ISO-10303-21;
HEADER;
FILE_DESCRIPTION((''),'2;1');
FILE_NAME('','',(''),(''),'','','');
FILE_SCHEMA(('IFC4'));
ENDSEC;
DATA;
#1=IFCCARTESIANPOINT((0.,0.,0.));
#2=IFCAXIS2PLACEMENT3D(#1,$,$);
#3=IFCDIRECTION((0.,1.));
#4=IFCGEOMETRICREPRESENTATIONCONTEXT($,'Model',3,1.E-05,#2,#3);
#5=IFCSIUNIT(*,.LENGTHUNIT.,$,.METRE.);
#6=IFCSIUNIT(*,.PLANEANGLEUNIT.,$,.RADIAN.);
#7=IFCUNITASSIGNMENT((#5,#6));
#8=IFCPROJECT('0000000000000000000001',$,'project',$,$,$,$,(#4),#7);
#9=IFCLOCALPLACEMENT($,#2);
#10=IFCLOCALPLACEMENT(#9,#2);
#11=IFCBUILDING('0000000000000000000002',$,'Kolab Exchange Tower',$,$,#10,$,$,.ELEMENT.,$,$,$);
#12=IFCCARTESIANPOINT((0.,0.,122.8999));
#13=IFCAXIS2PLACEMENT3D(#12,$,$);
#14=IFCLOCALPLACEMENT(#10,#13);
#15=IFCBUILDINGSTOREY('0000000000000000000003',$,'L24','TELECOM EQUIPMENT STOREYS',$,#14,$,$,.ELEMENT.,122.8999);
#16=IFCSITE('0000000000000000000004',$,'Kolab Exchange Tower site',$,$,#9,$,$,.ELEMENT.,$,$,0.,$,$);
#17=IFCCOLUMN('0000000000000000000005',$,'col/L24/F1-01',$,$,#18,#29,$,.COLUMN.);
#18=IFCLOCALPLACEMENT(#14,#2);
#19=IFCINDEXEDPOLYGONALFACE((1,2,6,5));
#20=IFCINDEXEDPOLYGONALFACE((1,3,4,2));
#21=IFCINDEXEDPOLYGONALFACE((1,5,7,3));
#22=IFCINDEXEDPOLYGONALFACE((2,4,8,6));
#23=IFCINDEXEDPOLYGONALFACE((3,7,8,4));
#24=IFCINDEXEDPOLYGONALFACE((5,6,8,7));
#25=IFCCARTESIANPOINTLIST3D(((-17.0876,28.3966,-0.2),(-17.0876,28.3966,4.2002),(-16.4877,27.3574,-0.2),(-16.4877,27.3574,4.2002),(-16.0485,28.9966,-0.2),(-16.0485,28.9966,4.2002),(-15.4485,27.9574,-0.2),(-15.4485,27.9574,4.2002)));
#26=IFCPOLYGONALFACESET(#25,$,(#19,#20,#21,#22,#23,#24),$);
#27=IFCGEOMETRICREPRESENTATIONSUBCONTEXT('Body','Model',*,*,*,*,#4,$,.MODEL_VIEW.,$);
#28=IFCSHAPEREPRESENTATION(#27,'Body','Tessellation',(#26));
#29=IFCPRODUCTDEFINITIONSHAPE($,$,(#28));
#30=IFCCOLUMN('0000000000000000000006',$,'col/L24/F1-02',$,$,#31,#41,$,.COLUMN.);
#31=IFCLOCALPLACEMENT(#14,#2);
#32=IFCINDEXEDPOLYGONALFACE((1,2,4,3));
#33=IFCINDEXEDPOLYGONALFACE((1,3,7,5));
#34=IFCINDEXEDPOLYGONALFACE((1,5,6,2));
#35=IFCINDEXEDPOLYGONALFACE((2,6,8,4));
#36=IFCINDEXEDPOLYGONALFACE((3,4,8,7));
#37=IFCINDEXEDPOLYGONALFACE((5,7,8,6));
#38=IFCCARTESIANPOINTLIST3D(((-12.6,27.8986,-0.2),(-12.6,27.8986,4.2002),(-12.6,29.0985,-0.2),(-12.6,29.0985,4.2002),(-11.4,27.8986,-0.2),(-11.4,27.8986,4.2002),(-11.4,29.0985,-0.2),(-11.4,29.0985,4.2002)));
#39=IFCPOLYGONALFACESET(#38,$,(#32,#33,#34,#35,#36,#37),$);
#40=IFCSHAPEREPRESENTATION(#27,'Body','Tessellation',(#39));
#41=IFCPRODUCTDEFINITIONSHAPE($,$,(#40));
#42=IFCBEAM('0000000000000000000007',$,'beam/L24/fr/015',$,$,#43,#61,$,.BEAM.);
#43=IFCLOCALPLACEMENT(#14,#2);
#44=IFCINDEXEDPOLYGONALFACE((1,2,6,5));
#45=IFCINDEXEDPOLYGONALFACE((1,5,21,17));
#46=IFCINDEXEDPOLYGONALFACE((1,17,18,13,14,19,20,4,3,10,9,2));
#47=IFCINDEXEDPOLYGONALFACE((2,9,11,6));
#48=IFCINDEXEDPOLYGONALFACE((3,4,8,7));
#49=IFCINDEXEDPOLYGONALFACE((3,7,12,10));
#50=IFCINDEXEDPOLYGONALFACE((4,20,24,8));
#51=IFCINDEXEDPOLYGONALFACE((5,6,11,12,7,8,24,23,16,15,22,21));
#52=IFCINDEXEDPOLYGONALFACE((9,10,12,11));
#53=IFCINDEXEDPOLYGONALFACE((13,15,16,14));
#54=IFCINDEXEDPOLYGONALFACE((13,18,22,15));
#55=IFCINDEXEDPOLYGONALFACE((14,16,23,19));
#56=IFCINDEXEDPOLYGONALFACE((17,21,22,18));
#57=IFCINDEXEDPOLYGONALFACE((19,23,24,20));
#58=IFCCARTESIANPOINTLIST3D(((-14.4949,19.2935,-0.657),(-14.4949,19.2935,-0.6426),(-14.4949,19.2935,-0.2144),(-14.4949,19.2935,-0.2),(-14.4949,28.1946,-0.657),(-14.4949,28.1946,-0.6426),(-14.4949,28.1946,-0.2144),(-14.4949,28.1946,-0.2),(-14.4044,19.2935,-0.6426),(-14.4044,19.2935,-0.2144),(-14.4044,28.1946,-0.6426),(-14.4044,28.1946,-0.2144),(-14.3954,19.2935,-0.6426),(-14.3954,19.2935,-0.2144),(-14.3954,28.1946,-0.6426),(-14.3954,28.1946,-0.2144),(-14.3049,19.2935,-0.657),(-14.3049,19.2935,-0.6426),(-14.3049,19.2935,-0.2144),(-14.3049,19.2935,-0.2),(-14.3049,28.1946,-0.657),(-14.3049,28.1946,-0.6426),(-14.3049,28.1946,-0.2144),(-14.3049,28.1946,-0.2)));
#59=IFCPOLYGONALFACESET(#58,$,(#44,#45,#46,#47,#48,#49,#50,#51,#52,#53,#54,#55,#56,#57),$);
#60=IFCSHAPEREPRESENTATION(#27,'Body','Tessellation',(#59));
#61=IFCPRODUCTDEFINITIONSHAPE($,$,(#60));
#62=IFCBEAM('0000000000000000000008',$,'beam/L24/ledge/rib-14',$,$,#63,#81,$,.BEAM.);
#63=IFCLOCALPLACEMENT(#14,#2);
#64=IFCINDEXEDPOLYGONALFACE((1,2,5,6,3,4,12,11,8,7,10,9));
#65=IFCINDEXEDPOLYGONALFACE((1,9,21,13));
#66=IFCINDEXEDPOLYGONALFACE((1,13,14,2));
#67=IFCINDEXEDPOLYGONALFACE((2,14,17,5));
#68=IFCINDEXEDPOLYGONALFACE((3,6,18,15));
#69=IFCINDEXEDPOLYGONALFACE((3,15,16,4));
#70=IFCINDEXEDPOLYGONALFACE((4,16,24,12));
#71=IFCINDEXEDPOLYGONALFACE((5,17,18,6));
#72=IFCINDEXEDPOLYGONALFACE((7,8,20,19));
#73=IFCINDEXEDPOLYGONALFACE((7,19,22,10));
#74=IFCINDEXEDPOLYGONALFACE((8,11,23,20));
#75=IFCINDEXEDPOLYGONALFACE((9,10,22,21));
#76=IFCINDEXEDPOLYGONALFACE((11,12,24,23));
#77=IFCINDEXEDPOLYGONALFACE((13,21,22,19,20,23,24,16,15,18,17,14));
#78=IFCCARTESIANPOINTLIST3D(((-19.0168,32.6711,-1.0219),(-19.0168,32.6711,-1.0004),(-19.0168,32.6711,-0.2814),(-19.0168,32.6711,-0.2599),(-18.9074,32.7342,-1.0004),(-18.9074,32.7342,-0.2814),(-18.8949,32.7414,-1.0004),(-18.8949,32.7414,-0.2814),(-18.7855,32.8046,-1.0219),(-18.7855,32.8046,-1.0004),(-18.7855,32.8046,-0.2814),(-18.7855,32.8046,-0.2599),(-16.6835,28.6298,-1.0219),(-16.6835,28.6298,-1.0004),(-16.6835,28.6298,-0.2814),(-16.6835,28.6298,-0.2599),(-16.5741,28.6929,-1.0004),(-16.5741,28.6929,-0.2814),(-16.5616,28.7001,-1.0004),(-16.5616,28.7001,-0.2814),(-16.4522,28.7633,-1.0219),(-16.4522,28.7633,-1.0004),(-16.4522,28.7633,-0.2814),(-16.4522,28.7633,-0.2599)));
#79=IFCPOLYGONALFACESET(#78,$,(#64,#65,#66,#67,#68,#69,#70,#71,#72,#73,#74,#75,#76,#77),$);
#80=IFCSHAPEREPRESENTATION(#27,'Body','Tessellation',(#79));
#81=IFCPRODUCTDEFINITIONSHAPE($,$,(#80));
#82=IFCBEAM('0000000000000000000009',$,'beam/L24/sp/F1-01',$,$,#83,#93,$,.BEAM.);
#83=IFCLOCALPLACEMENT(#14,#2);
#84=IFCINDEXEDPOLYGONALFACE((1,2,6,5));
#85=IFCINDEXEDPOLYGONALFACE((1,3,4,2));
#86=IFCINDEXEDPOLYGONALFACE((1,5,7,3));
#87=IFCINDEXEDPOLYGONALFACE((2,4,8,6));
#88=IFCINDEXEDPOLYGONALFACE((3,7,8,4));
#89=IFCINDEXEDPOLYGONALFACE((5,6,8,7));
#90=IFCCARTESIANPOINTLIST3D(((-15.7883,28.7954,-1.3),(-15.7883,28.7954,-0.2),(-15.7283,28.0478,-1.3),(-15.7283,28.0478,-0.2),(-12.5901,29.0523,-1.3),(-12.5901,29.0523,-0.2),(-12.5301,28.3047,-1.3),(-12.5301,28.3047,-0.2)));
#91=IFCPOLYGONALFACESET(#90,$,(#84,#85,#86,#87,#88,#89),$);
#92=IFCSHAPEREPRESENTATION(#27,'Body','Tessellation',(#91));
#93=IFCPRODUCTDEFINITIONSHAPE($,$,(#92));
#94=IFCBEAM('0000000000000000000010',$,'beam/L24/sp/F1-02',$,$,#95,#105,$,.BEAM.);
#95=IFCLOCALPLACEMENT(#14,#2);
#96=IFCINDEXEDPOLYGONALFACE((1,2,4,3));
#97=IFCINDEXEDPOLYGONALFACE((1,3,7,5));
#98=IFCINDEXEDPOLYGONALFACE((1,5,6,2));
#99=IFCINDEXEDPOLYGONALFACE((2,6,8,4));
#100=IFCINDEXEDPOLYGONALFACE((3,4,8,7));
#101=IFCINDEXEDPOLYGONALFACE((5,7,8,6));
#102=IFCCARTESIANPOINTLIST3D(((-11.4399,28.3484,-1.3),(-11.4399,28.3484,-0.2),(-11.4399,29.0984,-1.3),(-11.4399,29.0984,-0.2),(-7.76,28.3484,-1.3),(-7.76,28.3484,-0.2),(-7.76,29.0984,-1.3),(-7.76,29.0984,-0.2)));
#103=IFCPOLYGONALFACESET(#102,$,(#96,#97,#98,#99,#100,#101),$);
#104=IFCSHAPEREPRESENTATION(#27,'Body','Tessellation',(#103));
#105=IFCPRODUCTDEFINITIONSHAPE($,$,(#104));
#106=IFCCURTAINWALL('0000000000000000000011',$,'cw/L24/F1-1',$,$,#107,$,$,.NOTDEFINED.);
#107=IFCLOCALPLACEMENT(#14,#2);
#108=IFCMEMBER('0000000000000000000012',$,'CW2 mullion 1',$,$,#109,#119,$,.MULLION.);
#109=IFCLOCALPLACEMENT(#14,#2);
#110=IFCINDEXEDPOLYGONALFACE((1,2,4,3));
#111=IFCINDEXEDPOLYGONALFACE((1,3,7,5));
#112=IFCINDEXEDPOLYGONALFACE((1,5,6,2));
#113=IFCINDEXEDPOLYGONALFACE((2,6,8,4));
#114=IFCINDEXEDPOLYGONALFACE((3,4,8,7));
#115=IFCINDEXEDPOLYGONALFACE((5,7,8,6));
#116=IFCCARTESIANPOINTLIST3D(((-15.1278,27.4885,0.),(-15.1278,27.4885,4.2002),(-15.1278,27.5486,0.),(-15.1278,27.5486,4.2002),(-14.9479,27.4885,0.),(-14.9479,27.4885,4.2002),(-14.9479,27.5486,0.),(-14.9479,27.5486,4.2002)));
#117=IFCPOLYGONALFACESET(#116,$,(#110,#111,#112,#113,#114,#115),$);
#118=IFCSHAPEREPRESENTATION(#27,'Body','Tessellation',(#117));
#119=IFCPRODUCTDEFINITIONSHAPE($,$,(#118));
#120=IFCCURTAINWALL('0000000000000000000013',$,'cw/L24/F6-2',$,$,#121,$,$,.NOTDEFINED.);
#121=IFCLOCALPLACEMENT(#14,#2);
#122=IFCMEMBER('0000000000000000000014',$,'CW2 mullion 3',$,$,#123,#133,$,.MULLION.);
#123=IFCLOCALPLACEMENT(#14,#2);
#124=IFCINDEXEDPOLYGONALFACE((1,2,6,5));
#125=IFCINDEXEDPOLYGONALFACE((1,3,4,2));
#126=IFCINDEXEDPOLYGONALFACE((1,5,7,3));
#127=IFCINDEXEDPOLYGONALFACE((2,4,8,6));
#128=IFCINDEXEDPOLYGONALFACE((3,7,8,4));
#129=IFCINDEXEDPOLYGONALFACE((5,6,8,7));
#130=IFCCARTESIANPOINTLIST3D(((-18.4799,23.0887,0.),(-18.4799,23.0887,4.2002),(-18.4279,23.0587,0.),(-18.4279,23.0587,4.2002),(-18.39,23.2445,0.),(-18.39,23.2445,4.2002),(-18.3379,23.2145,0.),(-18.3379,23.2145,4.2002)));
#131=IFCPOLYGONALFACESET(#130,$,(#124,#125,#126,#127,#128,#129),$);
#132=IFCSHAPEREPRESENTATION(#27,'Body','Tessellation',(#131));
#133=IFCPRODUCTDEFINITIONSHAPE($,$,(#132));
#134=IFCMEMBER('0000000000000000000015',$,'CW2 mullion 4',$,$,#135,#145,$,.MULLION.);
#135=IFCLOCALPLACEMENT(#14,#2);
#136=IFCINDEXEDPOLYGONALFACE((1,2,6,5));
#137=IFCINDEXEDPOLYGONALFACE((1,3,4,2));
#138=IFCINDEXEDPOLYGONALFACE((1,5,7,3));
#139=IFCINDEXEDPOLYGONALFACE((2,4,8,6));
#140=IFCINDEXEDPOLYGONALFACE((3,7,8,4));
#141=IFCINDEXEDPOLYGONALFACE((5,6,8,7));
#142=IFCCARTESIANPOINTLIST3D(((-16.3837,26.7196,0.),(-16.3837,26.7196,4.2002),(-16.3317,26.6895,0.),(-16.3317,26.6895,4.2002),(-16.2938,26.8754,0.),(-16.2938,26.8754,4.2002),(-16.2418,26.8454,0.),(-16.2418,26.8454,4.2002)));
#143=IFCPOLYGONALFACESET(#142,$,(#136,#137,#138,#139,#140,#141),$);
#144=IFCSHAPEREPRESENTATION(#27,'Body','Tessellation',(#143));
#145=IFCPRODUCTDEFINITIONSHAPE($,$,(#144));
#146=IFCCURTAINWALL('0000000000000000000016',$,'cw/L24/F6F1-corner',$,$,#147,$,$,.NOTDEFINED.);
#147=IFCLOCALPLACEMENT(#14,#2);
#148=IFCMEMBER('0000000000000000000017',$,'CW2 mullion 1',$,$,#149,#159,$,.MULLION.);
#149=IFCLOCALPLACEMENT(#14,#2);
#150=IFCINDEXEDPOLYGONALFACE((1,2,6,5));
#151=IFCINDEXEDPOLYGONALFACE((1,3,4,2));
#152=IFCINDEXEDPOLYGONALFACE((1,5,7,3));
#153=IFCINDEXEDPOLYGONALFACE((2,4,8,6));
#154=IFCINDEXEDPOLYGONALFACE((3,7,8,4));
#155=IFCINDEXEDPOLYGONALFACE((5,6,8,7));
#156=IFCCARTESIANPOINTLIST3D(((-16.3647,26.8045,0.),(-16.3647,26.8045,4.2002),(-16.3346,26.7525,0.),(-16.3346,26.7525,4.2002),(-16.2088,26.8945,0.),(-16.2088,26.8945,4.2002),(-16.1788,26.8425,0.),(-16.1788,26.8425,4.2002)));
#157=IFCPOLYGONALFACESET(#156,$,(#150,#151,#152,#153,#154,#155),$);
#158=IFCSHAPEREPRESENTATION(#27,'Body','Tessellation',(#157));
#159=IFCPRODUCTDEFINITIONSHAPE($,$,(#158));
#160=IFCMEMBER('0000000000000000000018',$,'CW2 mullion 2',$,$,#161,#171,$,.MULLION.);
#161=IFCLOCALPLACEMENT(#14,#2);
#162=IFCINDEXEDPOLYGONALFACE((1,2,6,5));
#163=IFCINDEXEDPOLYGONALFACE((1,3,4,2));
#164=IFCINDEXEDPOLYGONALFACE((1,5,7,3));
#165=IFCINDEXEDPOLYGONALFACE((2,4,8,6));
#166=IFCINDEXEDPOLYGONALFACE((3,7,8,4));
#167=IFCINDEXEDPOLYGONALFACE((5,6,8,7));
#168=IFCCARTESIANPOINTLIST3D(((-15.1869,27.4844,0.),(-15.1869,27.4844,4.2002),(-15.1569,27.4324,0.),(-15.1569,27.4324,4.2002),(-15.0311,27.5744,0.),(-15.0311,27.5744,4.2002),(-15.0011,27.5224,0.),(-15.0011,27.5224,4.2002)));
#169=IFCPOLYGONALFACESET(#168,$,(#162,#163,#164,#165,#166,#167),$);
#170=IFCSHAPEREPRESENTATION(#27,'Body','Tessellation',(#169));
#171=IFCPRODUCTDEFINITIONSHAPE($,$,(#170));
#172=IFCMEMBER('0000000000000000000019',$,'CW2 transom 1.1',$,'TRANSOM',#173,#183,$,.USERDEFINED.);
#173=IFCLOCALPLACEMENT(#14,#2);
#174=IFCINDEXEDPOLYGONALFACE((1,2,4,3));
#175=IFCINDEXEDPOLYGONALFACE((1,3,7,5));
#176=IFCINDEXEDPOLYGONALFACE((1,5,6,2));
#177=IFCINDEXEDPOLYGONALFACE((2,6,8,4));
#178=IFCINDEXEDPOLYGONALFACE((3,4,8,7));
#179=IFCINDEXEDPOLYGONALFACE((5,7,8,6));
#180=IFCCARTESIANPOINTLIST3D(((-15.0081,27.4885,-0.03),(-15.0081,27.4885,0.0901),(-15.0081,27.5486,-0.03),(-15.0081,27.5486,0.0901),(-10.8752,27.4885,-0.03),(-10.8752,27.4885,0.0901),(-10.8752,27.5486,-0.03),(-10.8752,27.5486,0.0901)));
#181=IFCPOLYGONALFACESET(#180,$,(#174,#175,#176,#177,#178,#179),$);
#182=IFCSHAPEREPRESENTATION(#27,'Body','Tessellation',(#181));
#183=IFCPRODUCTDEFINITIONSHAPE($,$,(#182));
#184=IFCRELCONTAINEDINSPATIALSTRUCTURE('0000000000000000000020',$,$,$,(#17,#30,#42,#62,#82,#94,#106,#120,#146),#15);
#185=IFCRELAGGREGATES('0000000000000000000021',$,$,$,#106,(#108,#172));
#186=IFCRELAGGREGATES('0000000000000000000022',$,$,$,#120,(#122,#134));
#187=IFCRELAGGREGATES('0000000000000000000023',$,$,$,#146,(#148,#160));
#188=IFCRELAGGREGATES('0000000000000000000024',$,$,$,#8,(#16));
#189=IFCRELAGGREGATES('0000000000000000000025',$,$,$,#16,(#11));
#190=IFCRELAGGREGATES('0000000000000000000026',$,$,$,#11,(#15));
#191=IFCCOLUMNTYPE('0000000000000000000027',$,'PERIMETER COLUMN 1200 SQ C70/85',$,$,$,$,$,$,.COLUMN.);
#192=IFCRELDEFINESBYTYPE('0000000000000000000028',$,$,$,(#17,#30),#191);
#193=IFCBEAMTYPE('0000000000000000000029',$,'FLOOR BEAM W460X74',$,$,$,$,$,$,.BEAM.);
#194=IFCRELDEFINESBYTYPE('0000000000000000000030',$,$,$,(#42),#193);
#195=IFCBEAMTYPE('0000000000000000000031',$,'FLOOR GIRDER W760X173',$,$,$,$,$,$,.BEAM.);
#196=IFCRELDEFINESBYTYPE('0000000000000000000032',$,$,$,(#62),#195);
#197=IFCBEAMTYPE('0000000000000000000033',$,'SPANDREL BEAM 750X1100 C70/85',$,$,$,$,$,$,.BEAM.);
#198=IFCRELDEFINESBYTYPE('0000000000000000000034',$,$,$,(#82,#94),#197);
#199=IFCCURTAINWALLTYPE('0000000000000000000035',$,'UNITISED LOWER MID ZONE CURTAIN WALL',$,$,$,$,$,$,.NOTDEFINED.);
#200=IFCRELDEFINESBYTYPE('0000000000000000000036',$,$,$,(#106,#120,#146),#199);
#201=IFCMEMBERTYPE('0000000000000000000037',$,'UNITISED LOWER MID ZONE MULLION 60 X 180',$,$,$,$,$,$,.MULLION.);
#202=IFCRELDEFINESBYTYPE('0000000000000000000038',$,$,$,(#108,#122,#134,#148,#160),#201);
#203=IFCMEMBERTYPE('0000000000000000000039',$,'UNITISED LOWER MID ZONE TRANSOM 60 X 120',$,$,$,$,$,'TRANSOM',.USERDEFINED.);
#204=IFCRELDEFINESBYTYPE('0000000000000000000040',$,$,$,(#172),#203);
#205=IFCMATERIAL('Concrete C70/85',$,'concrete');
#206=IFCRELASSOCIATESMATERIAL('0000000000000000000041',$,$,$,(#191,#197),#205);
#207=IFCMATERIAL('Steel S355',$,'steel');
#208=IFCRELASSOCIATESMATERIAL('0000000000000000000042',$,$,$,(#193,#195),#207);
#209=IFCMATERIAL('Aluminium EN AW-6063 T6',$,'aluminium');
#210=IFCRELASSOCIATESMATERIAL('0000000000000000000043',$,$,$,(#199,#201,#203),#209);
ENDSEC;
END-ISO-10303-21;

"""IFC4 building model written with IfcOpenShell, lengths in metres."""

from ifc_helpers import new_model, si_unit, direction, frame, origin, origin_2d, place, context, subcontext, project, spatial, rectangle, i_section, extrude, material, material_profile, profile_set, type_object, element, aggregate, save


model = new_model("IFC4")

# Units and contexts
model_context = context("Model", 3, precision=1e-05, world=origin(), true_north=direction((0.0, 1.0)))
body_context = subcontext(model_context, "Body", "Model", "MODEL_VIEW")
ifc_project = project(units=[si_unit("LENGTHUNIT", "METRE"), si_unit("PLANEANGLEUNIT", "RADIAN")], contexts=[model_context])

# Site, building, storey
site_placement = place(None, origin())
site = spatial("IfcSite", under=ifc_project, at=site_placement, Name="Kolab Exchange Tower site", CompositionType="ELEMENT", RefElevation=0.0)
building_placement = place(site_placement, origin())
building = spatial("IfcBuilding", under=site, at=building_placement, Name="Kolab Exchange Tower", CompositionType="ELEMENT")
storey_placement = place(building_placement, frame((0.0, 0.0, 122.8999)))
storey = spatial("IfcBuildingStorey", under=building, at=storey_placement, Name="L24", Description="TELECOM EQUIPMENT STOREYS", CompositionType="ELEMENT", Elevation=122.8999)

# Columns
ifc_material_1 = material(Name="Concrete C70/85", Category="concrete")
ifc_material_profile_1 = material_profile(ifc_material_1, rectangle(XDim=1.2, YDim=1.2, at=origin_2d()), Name="RC1200")
ifc_profile_set_1 = profile_set([ifc_material_profile_1], Name="Concrete C70/85")
column_type = type_object("IfcColumnType", Name="PERIMETER COLUMN 1200 SQ C70/85", PredefinedType="COLUMN", material=ifc_profile_set_1)
for number, where, z_axis, x_axis, name in (
    (1, (-16.2681, 28.177, -0.2), (0.0, 0.0, 1.0), (0.866025, 0.5, 0.0), "col/L24/F1-01"),
    (2, (-12.0, 28.4985, -0.2), (0.0, 0.0, 1.0), (1.0, 0.0, 0.0), "col/L24/F1-02"),
):
    element("IfcColumn", number, at=place(storey_placement, frame(where, z_axis=z_axis, x_axis=x_axis)), inside=storey, type_object=column_type, Name=name, PredefinedType="COLUMN", context=body_context, shape_type="SweptSolid", body=[
        extrude(rectangle(XDim=1.2, YDim=1.2, at=origin_2d()), origin(), (0.0, 0.0, 1.0), 4.4001),
    ])

# Beams
ifc_material_2 = material(Name="Steel S355", Category="steel")
ifc_material_profile_2 = material_profile(ifc_material_2, i_section(OverallWidth=0.1899, OverallDepth=0.457, WebThickness=0.009, FlangeThickness=0.0144, at=origin_2d()), Name="W460X74")
ifc_profile_set_2 = profile_set([ifc_material_profile_2], Name="Steel S355")
beam_type_1 = type_object("IfcBeamType", Name="FLOOR BEAM W460X74", PredefinedType="BEAM", material=ifc_profile_set_2)
beam_1_placement = place(storey_placement, frame((-14.3999, 19.2935, -0.4285), z_axis=(0.0, 1.0, 0.0), x_axis=(-1.0, 0.0, 0.0)))
element("IfcBeam", 3, at=beam_1_placement, inside=storey, type_object=beam_type_1, Name="beam/L24/fr/015", PredefinedType="BEAM", context=body_context, shape_type="SweptSolid", body=[
    extrude(i_section(OverallWidth=0.1899, OverallDepth=0.457, WebThickness=0.009, FlangeThickness=0.0144, at=origin_2d()), origin(), (0.0, 0.0, 1.0), 8.9011),
])
ifc_material_profile_3 = material_profile(ifc_material_2, i_section(OverallWidth=0.2671, OverallDepth=0.762, WebThickness=0.0144, FlangeThickness=0.0215, at=origin_2d()), Name="W760X173")
ifc_profile_set_3 = profile_set([ifc_material_profile_3], Name="Steel S355")
beam_type_2 = type_object("IfcBeamType", Name="FLOOR GIRDER W760X173", PredefinedType="BEAM", material=ifc_profile_set_3)
beam_2_placement = place(storey_placement, frame((-16.5679, 28.6965, -0.6409), z_axis=(-0.500005, 0.866023, 0.0), x_axis=(-0.866023, -0.500005, 0.0)))
element("IfcBeam", 4, at=beam_2_placement, inside=storey, type_object=beam_type_2, Name="beam/L24/ledge/rib-14", PredefinedType="BEAM", context=body_context, shape_type="SweptSolid", body=[
    extrude(i_section(OverallWidth=0.2671, OverallDepth=0.762, WebThickness=0.0144, FlangeThickness=0.0215, at=origin_2d()), origin(), (0.0, 0.0, 1.0), 4.6665),
])
ifc_material_profile_4 = material_profile(ifc_material_1, rectangle(XDim=0.75, YDim=1.1001, at=origin_2d()), Name="RC750X1100")
ifc_profile_set_4 = profile_set([ifc_material_profile_4], Name="Concrete C70/85")
beam_type_3 = type_object("IfcBeamType", Name="SPANDREL BEAM 750X1100 C70/85", PredefinedType="BEAM", material=ifc_profile_set_4)
beam_3_placement = place(storey_placement, frame((-15.7583, 28.4216, -0.75), z_axis=(0.996791, 0.080048, 0.0), x_axis=(-0.080048, 0.996791, 0.0)))
element("IfcBeam", 5, at=beam_3_placement, inside=storey, type_object=beam_type_3, Name="beam/L24/sp/F1-01", PredefinedType="BEAM", context=body_context, shape_type="SweptSolid", body=[
    extrude(rectangle(XDim=0.75, YDim=1.1001, at=origin_2d()), origin(), (0.0, 0.0, 1.0), 3.2085),
])
beam_4_placement = place(storey_placement, frame((-11.4399, 28.7234, -0.75), z_axis=(1.0, 0.0, 0.0), x_axis=(0.0, 1.0, 0.0)))
element("IfcBeam", 6, at=beam_4_placement, inside=storey, type_object=beam_type_3, Name="beam/L24/sp/F1-02", PredefinedType="BEAM", context=body_context, shape_type="SweptSolid", body=[
    extrude(rectangle(XDim=0.75, YDim=1.1001, at=origin_2d()), origin(), (0.0, 0.0, 1.0), 3.6799),
])

# Curtain wall, member
ifc_material_3 = material(Name="Aluminium EN AW-6063 T6", Category="aluminium")
curtain_wall_type = type_object("IfcCurtainWallType", Name="UNITISED LOWER MID ZONE CURTAIN WALL", PredefinedType="NOTDEFINED", material=ifc_material_3)
curtain_wall_1_placement = place(storey_placement, origin())
curtain_wall_1 = element("IfcCurtainWall", 7, at=curtain_wall_1_placement, inside=storey, type_object=curtain_wall_type, Name="cw/L24/F1-1", PredefinedType="NOTDEFINED")
ifc_material_profile_5 = material_profile(ifc_material_3, rectangle(XDim=0.0601, YDim=0.1799, at=origin_2d()), Name="RECT 60X180")
ifc_profile_set_5 = profile_set([ifc_material_profile_5], Name="Aluminium EN AW-6063 T6")
member_type_1 = type_object("IfcMemberType", Name="UNITISED LOWER MID ZONE MULLION 60 X 180", PredefinedType="MULLION", material=ifc_profile_set_5)
member_1_placement = place(storey_placement, frame((-15.0378, 27.5186, 0.0), z_axis=(0.0, 0.0, 1.0), x_axis=(0.0, 1.0, 0.0)))
member_1 = element("IfcMember", 8, at=member_1_placement, type_object=member_type_1, Name="CW2 mullion 1", PredefinedType="MULLION", context=body_context, shape_type="SweptSolid", body=[
    extrude(rectangle(XDim=0.0601, YDim=0.1799, at=origin_2d()), origin(), (0.0, 0.0, 1.0), 4.2002),
])

# Curtain walls, members
curtain_wall_2_placement = place(storey_placement, origin())
curtain_wall_2 = element("IfcCurtainWall", 9, at=curtain_wall_2_placement, inside=storey, type_object=curtain_wall_type, Name="cw/L24/F6-2", PredefinedType="NOTDEFINED")
member_2_placement = place(storey_placement, frame((-18.4089, 23.1516, 0.0), z_axis=(0.0, 0.0, 1.0), x_axis=(-0.866025, 0.5, 0.0)))
member_2 = element("IfcMember", 10, at=member_2_placement, type_object=member_type_1, Name="CW2 mullion 3", PredefinedType="MULLION", context=body_context, shape_type="SweptSolid", body=[
    extrude(rectangle(XDim=0.0601, YDim=0.1799, at=origin_2d()), origin(), (0.0, 0.0, 1.0), 4.2002),
])
member_3_placement = place(storey_placement, frame((-16.3127, 26.7825, 0.0), z_axis=(0.0, 0.0, 1.0), x_axis=(-0.866025, 0.5, 0.0)))
member_3 = element("IfcMember", 11, at=member_3_placement, type_object=member_type_1, Name="CW2 mullion 4", PredefinedType="MULLION", context=body_context, shape_type="SweptSolid", body=[
    extrude(rectangle(XDim=0.0601, YDim=0.1799, at=origin_2d()), origin(), (0.0, 0.0, 1.0), 4.2002),
])
curtain_wall_3_placement = place(storey_placement, origin())
curtain_wall_3 = element("IfcCurtainWall", 12, at=curtain_wall_3_placement, inside=storey, type_object=curtain_wall_type, Name="cw/L24/F6F1-corner", PredefinedType="NOTDEFINED")
member_4_placement = place(storey_placement, frame((-16.2717, 26.8235, 0.0), z_axis=(0.0, 0.0, 1.0), x_axis=(-0.5, 0.866025, 0.0)))
member_4 = element("IfcMember", 13, at=member_4_placement, type_object=member_type_1, Name="CW2 mullion 1", PredefinedType="MULLION", context=body_context, shape_type="SweptSolid", body=[
    extrude(rectangle(XDim=0.0601, YDim=0.1799, at=origin_2d()), origin(), (0.0, 0.0, 1.0), 4.2002),
])
member_5_placement = place(storey_placement, frame((-15.094, 27.5034, 0.0), z_axis=(0.0, 0.0, 1.0), x_axis=(-0.5, 0.866025, 0.0)))
member_5 = element("IfcMember", 14, at=member_5_placement, type_object=member_type_1, Name="CW2 mullion 2", PredefinedType="MULLION", context=body_context, shape_type="SweptSolid", body=[
    extrude(rectangle(XDim=0.0601, YDim=0.1799, at=origin_2d()), origin(), (0.0, 0.0, 1.0), 4.2002),
])

# Member
ifc_material_profile_6 = material_profile(ifc_material_3, rectangle(XDim=0.0601, YDim=0.1201, at=origin_2d()), Name="RECT 60X120")
ifc_profile_set_6 = profile_set([ifc_material_profile_6], Name="Aluminium EN AW-6063 T6")
member_type_2 = type_object("IfcMemberType", Name="UNITISED LOWER MID ZONE TRANSOM 60 X 120", ElementType="TRANSOM", PredefinedType="USERDEFINED", material=ifc_profile_set_6)
member_6_placement = place(storey_placement, frame((-15.0081, 27.5186, 0.03), z_axis=(1.0, 0.0, 0.0), x_axis=(0.0, 1.0, 0.0)))
member_6 = element("IfcMember", 15, at=member_6_placement, type_object=member_type_2, Name="CW2 transom 1.1", ObjectType="TRANSOM", PredefinedType="USERDEFINED", context=body_context, shape_type="SweptSolid", body=[
    extrude(rectangle(XDim=0.0601, YDim=0.1201, at=origin_2d()), origin(), (0.0, 0.0, 1.0), 4.1328),
])

aggregate(curtain_wall_1, [member_1, member_6])
aggregate(curtain_wall_2, [member_2, member_3])
aggregate(curtain_wall_3, [member_4, member_5])

save(model, "model.ifc")
